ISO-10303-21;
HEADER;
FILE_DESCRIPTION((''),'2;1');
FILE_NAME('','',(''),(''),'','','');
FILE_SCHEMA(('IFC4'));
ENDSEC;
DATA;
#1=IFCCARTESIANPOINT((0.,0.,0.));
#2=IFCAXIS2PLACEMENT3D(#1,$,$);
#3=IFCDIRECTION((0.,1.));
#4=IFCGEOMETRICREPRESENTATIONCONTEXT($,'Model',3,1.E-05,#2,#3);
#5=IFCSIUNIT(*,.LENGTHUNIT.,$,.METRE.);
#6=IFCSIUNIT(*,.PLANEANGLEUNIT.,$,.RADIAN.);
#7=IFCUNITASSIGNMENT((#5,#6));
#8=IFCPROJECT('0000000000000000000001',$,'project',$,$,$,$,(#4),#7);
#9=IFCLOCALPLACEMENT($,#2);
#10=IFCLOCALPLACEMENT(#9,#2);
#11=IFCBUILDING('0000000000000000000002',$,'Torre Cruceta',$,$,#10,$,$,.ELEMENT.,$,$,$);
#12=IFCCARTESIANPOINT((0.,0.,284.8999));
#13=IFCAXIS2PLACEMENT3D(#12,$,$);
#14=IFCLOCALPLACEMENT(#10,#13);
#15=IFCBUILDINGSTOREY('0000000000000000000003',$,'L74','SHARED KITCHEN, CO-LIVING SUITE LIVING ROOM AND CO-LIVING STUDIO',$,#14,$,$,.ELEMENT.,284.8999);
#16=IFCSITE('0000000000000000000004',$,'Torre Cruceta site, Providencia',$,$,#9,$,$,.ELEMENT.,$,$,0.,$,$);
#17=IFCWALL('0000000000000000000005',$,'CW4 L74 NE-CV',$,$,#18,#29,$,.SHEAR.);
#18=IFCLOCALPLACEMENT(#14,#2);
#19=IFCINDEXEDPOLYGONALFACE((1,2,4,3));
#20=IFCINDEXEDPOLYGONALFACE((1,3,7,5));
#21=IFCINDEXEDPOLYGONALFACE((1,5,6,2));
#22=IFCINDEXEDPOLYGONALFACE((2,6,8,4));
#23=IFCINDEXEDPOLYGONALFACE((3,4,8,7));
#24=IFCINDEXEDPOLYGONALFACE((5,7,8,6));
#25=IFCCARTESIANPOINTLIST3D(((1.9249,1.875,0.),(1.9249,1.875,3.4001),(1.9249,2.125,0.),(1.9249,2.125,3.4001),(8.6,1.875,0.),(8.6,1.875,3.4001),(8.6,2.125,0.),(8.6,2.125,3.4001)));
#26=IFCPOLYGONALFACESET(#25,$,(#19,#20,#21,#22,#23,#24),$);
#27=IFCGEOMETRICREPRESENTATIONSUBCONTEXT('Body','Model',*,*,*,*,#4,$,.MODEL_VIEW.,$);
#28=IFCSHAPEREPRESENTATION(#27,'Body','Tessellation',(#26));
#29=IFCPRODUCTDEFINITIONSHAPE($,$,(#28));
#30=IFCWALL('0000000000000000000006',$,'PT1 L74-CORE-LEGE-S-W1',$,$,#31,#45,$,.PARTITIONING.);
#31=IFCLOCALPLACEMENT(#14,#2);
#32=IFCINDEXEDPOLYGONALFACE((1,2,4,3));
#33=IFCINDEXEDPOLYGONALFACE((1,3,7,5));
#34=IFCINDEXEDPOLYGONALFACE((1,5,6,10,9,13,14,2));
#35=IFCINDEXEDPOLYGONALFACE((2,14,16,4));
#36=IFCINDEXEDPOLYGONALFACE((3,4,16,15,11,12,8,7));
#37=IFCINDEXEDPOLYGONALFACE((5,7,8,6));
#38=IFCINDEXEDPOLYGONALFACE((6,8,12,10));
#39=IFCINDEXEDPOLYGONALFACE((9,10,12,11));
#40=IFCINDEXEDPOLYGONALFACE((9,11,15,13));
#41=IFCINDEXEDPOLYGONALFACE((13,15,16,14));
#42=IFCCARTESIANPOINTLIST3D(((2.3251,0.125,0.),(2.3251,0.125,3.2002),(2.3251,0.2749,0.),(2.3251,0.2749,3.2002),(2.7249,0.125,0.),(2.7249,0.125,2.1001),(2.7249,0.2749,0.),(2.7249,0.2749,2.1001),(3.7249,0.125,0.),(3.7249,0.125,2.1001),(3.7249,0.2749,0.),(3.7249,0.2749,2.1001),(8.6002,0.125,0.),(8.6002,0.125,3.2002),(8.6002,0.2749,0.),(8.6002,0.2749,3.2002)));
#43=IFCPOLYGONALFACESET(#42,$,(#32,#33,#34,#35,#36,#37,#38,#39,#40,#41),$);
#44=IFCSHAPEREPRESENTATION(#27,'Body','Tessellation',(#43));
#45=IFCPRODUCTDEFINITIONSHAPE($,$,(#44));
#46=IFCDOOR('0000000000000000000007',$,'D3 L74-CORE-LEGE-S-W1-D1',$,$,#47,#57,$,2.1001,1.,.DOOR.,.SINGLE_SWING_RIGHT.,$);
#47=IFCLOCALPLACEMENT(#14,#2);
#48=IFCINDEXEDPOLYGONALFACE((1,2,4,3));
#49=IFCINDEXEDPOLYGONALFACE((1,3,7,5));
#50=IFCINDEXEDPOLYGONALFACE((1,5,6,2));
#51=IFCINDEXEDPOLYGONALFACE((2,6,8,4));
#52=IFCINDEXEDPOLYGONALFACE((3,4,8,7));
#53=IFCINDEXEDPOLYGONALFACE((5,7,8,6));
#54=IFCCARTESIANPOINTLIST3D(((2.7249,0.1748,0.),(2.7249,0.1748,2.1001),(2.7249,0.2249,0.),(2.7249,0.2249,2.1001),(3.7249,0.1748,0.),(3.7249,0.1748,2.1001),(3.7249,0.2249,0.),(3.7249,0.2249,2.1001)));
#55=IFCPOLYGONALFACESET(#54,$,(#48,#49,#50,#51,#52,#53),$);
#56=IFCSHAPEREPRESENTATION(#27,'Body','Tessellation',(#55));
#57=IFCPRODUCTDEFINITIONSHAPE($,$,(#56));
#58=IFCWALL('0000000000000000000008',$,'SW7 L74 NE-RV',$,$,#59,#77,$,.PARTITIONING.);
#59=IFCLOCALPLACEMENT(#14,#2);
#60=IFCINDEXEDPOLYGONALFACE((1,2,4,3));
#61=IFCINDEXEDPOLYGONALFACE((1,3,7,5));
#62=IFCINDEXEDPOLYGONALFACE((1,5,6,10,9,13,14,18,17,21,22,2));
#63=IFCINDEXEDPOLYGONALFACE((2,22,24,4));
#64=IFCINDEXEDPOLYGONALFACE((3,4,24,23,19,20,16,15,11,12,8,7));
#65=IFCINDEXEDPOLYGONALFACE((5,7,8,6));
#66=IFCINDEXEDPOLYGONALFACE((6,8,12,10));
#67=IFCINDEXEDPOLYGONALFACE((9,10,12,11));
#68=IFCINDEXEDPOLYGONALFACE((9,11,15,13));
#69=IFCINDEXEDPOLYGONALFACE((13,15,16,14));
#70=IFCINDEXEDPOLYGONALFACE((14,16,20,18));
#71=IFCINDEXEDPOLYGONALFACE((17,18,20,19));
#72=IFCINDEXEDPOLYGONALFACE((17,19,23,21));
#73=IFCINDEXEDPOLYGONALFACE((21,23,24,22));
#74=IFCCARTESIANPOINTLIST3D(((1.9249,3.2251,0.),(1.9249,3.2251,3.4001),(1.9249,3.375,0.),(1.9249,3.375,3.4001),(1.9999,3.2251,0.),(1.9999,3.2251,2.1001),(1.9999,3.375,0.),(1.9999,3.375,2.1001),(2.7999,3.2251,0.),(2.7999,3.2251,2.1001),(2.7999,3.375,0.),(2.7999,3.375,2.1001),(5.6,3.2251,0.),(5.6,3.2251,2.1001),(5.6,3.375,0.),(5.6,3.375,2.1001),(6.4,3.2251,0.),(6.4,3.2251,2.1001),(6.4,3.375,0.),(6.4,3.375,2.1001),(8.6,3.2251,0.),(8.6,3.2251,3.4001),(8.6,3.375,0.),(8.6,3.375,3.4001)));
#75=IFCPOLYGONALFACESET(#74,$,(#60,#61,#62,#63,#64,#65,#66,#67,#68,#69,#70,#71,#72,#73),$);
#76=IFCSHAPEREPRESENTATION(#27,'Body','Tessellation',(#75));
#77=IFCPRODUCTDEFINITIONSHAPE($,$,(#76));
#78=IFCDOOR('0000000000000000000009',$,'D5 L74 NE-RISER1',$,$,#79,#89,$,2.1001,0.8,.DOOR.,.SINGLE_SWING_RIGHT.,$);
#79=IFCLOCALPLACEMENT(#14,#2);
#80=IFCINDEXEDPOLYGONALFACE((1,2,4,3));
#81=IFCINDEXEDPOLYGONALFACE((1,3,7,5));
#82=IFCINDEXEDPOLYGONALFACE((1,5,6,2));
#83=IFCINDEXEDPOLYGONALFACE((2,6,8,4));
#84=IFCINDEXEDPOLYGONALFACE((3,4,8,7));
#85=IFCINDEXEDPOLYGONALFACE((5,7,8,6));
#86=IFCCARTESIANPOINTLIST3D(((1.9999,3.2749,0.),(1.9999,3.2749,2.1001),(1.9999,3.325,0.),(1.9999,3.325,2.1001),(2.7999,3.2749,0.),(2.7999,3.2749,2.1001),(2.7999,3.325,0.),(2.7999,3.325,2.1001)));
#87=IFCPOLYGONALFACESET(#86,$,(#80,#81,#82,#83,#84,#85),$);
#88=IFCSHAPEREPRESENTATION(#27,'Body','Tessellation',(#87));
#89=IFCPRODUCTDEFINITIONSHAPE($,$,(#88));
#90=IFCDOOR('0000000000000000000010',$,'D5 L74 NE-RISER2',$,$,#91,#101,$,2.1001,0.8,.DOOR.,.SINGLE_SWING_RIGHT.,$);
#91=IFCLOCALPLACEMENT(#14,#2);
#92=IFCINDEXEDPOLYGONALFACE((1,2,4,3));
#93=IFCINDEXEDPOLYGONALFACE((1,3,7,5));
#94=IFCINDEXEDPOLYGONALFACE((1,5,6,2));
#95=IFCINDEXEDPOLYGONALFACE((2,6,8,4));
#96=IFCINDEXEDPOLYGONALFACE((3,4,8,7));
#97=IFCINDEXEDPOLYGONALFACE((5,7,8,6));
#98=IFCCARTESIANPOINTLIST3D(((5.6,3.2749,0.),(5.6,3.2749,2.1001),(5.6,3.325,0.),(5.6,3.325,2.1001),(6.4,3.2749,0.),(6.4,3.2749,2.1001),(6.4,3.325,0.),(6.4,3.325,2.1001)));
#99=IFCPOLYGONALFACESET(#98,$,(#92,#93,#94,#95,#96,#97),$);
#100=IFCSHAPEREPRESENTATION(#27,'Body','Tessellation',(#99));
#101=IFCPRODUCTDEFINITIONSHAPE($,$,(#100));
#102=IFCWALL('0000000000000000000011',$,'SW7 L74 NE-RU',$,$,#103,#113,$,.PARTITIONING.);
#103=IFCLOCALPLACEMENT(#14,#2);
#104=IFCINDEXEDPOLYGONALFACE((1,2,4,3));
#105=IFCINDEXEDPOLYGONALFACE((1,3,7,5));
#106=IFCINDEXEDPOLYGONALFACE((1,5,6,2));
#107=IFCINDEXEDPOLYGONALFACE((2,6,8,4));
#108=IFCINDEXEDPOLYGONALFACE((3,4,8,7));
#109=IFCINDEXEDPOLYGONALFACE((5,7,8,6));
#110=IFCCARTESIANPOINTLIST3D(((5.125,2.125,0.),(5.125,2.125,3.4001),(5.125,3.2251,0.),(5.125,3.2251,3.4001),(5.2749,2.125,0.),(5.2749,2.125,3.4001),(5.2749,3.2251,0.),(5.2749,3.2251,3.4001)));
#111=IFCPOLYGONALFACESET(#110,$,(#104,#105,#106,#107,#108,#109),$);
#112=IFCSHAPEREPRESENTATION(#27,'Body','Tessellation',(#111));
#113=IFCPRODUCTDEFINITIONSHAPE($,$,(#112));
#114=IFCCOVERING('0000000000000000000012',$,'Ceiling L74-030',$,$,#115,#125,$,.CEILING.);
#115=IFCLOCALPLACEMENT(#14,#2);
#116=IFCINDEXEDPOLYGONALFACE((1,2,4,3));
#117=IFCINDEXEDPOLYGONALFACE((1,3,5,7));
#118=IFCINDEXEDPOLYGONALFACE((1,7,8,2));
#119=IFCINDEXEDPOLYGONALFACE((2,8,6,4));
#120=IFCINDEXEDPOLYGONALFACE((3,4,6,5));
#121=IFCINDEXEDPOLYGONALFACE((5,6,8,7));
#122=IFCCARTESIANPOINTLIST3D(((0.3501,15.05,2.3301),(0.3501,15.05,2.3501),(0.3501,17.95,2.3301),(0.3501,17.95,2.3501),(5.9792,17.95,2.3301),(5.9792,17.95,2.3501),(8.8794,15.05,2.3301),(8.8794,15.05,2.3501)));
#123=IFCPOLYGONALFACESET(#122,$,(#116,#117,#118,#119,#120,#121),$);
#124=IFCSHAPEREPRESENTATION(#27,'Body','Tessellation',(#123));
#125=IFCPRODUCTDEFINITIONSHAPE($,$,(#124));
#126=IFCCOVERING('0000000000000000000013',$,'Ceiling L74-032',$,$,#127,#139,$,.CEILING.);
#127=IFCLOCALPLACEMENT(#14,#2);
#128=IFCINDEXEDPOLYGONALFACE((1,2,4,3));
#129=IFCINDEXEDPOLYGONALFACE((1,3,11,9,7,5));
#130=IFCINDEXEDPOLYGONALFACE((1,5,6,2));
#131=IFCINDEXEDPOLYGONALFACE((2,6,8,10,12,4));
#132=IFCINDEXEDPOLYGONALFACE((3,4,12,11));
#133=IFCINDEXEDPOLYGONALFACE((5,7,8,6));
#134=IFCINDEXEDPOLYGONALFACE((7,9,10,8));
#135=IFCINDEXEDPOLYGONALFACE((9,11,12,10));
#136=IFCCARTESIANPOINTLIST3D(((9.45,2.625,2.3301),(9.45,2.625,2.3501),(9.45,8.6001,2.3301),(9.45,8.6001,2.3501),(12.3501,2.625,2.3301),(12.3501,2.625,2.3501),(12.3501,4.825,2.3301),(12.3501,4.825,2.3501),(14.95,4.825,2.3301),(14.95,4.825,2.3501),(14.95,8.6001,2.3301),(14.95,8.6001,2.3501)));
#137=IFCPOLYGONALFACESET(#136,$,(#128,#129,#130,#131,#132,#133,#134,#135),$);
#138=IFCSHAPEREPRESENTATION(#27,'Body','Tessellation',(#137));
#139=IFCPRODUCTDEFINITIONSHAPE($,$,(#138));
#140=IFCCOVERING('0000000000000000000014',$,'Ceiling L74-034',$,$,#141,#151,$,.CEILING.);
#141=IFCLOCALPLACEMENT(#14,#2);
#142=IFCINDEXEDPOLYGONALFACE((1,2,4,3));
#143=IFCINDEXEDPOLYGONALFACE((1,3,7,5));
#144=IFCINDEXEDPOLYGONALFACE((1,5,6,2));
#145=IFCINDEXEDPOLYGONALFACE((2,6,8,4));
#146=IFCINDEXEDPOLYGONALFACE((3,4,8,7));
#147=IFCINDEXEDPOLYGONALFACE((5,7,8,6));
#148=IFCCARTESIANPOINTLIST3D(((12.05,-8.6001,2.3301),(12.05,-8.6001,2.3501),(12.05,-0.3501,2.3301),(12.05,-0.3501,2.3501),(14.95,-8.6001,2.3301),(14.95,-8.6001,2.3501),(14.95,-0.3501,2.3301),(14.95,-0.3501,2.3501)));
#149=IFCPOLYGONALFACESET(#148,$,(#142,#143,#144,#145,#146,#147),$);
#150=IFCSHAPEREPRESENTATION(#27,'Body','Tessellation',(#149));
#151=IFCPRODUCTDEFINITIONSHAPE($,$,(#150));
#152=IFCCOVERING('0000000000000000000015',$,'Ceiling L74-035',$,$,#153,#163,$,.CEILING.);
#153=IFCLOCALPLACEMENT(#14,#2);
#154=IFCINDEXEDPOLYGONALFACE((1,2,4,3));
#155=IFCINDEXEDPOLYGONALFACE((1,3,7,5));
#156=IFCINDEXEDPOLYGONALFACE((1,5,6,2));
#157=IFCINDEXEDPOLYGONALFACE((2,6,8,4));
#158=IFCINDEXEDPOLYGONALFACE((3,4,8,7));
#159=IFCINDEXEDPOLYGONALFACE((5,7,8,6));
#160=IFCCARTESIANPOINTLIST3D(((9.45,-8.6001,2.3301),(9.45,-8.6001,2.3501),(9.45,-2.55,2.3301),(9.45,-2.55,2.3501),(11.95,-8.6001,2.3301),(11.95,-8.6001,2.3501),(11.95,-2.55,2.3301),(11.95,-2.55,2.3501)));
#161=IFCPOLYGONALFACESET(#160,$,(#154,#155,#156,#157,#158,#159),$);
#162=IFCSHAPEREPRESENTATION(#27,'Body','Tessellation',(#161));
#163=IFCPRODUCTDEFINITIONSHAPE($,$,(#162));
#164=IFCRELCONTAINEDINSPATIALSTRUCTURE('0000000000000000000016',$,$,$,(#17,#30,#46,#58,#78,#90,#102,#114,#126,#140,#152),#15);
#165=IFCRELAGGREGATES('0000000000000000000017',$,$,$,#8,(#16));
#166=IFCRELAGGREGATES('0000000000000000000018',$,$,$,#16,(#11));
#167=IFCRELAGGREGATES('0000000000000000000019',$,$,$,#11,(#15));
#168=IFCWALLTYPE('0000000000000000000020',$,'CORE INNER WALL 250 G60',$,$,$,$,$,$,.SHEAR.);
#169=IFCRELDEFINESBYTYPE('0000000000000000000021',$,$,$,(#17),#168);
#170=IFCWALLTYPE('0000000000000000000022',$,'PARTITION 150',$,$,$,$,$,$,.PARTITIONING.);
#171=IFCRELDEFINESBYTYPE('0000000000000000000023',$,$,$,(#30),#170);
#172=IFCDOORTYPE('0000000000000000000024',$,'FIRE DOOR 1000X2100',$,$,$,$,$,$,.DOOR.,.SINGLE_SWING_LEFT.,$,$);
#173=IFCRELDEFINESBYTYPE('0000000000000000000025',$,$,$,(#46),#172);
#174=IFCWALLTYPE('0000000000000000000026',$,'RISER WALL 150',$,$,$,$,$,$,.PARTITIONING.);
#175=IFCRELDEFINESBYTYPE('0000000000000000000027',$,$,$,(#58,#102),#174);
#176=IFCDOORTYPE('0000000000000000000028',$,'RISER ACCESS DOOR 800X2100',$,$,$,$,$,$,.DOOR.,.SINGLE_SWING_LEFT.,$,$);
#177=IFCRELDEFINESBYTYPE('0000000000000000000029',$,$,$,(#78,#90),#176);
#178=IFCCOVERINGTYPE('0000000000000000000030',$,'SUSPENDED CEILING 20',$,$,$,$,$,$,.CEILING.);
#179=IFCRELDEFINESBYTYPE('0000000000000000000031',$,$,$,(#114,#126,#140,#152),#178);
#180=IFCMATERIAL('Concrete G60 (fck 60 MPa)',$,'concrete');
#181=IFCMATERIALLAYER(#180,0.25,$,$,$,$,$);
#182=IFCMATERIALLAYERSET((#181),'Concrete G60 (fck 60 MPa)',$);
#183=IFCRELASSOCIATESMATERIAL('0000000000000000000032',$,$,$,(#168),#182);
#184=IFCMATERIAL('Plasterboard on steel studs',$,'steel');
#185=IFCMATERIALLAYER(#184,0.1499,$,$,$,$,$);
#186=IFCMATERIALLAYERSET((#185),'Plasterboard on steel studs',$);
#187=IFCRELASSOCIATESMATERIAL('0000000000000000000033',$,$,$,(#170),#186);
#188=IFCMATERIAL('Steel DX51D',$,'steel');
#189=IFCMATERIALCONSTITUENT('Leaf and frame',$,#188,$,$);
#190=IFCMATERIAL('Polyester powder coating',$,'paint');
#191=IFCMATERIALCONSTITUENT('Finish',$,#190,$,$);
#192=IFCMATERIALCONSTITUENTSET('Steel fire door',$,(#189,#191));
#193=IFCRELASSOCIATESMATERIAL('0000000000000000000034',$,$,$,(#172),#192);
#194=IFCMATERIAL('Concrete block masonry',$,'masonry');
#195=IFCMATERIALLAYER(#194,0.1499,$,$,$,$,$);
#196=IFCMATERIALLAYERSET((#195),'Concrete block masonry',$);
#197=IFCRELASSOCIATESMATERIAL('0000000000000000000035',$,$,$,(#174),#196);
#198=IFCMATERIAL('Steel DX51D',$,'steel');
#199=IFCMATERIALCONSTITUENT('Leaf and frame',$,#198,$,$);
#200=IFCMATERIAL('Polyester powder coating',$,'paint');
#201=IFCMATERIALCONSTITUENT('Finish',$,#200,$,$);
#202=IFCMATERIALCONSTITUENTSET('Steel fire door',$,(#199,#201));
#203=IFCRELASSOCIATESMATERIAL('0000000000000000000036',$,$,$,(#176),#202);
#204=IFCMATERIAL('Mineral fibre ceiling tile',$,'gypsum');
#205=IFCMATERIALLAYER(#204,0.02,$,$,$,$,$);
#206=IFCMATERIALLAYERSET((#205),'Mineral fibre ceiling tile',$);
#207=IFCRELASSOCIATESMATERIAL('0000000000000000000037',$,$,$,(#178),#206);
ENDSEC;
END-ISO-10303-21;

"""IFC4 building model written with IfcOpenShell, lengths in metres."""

from ifc_helpers import new_model, si_unit, direction, frame, frame_2d, origin, place, context, subcontext, project, spatial, polyline, rectangle, outline, extrude, material, layer, layer_set, constituent, constituent_set, type_object, element, fill, save


model = new_model("IFC4")

# Units and contexts
model_context = context("Model", 3, precision=1e-05, world=origin(), true_north=direction((0.0, 1.0)))
body_context = subcontext(model_context, "Body", "Model", "MODEL_VIEW")
ifc_project = project(units=[si_unit("LENGTHUNIT", "METRE"), si_unit("PLANEANGLEUNIT", "RADIAN")], contexts=[model_context])

# Site, building, storey
site_placement = place(None, origin())
site = spatial("IfcSite", under=ifc_project, at=site_placement, Name="Torre Cruceta site, Providencia", CompositionType="ELEMENT", RefElevation=0.0)
building_placement = place(site_placement, origin())
building = spatial("IfcBuilding", under=site, at=building_placement, Name="Torre Cruceta", CompositionType="ELEMENT")
storey_placement = place(building_placement, frame((0.0, 0.0, 284.8999)))
storey = spatial("IfcBuildingStorey", under=building, at=storey_placement, Name="L74", Description="SHARED KITCHEN, CO-LIVING SUITE LIVING ROOM AND CO-LIVING STUDIO", CompositionType="ELEMENT", Elevation=284.8999)

# Shared definitions
ifc_material_1 = material(Name="Concrete G60 (fck 60 MPa)", Category="concrete")
ifc_layer_1 = layer(ifc_material_1, 0.25)
ifc_layer_set_1 = layer_set([ifc_layer_1], Name="Concrete G60 (fck 60 MPa)")
wall_type_1 = type_object("IfcWallType", Name="CORE INNER WALL 250 G60", PredefinedType="SHEAR", material=ifc_layer_set_1)

# Wall
wall_1_placement = place(storey_placement, frame((1.925, 2.0, 0.0), z_axis=(0.0, 0.0, 1.0), x_axis=(1.0, 0.0, 0.0)))
element("IfcWall", 1, at=wall_1_placement, inside=storey, type_object=wall_type_1, Name="CW4 L74 NE-CV", PredefinedType="SHEAR", context=body_context, shape_type="SweptSolid", body=[
    extrude(rectangle(XDim=6.675, YDim=0.25, at=frame_2d((3.3374, 0.0))), origin(), (0.0, 0.0, 1.0), 3.4001),
])

# Wall, opening, door
ifc_material_2 = material(Name="Plasterboard on steel studs", Category="steel")
ifc_layer_2 = layer(ifc_material_2, 0.1499)
ifc_layer_set_2 = layer_set([ifc_layer_2], Name="Plasterboard on steel studs")
wall_type_2 = type_object("IfcWallType", Name="PARTITION 150", PredefinedType="PARTITIONING", material=ifc_layer_set_2)
wall_2_placement = place(storey_placement, frame((2.325, 0.2, 0.0), z_axis=(0.0, 0.0, 1.0), x_axis=(1.0, 0.0, 0.0)))
wall_2 = element("IfcWall", 2, at=wall_2_placement, inside=storey, type_object=wall_type_2, Name="PT1 L74-CORE-LEGE-S-W1", PredefinedType="PARTITIONING", context=body_context, shape_type="SweptSolid", body=[
    extrude(rectangle(XDim=6.2751, YDim=0.1499, at=frame_2d((3.1377, 0.0))), origin(), (0.0, 0.0, 1.0), 3.2002),
])
opening_1_placement = place(wall_2_placement, frame((0.3999, 0.0, 0.0)))
opening_1 = element("IfcOpeningElement", 3, at=opening_1_placement, cuts=wall_2, PredefinedType="OPENING", context=body_context, shape_type="SweptSolid", body=[
    extrude(rectangle(XDim=1.0, YDim=2.1001, at=frame_2d((0.5, 1.05))), frame((0.0, 0.085, 0.0), z_axis=(0.0, -1.0, 0.0), x_axis=(1.0, 0.0, 0.0)), (0.0, 0.0, 1.0), 0.1699),
])
ifc_material_3 = material(Name="Steel DX51D", Category="steel")
ifc_constituent_1 = constituent(ifc_material_3, Name="Leaf and frame")
ifc_material_4 = material(Name="Polyester powder coating", Category="paint")
ifc_constituent_2 = constituent(ifc_material_4, Name="Finish")
ifc_constituent_set_1 = constituent_set(constituents=[ifc_constituent_1, ifc_constituent_2], Name="Steel fire door")
door_type_1 = type_object("IfcDoorType", Name="FIRE DOOR 1000X2100", OperationType="SINGLE_SWING_LEFT", PredefinedType="DOOR", material=ifc_constituent_set_1)
door_1_placement = place(opening_1_placement, frame((1.0, 0.0, 0.0), z_axis=(0.0, 0.0, 1.0), x_axis=(-1.0, 0.0, 0.0)))
door_1 = element("IfcDoor", 4, at=door_1_placement, inside=storey, type_object=door_type_1, Name="D3 L74-CORE-LEGE-S-W1-D1", OperationType="SINGLE_SWING_RIGHT", OverallHeight=2.1001, OverallWidth=1.0, PredefinedType="DOOR", context=body_context, shape_type="SweptSolid", body=[
    extrude(rectangle(XDim=1.0, YDim=2.1001, at=frame_2d((0.5, 1.05))), frame((0.0, 0.0251, 0.0), z_axis=(0.0, -1.0, 0.0), x_axis=(1.0, 0.0, 0.0)), (0.0, 0.0, 1.0), 0.05),
])
fill(opening_1, door_1)

# Wall, openings, doors
ifc_material_5 = material(Name="Concrete block masonry", Category="masonry")
ifc_layer_3 = layer(ifc_material_5, 0.1499)
ifc_layer_set_3 = layer_set([ifc_layer_3], Name="Concrete block masonry")
wall_type_3 = type_object("IfcWallType", Name="RISER WALL 150", PredefinedType="PARTITIONING", material=ifc_layer_set_3)
wall_3_placement = place(storey_placement, frame((1.925, 3.3, 0.0), z_axis=(0.0, 0.0, 1.0), x_axis=(1.0, 0.0, 0.0)))
wall_3 = element("IfcWall", 5, at=wall_3_placement, inside=storey, type_object=wall_type_3, Name="SW7 L74 NE-RV", PredefinedType="PARTITIONING", context=body_context, shape_type="SweptSolid", body=[
    extrude(rectangle(XDim=6.675, YDim=0.1499, at=frame_2d((3.3374, 0.0))), origin(), (0.0, 0.0, 1.0), 3.4001),
])
opening_2_placement = place(wall_3_placement, frame((0.075, 0.0, 0.0)))
opening_2 = element("IfcOpeningElement", 6, at=opening_2_placement, cuts=wall_3, PredefinedType="OPENING", context=body_context, shape_type="SweptSolid", body=[
    extrude(rectangle(XDim=0.8, YDim=2.1001, at=frame_2d((0.3999, 1.05))), frame((0.0, 0.085, 0.0), z_axis=(0.0, -1.0, 0.0), x_axis=(1.0, 0.0, 0.0)), (0.0, 0.0, 1.0), 0.1699),
])
opening_3_placement = place(wall_3_placement, frame((3.675, 0.0, 0.0)))
opening_3 = element("IfcOpeningElement", 7, at=opening_3_placement, cuts=wall_3, PredefinedType="OPENING", context=body_context, shape_type="SweptSolid", body=[
    extrude(rectangle(XDim=0.8, YDim=2.1001, at=frame_2d((0.3999, 1.05))), frame((0.0, 0.085, 0.0), z_axis=(0.0, -1.0, 0.0), x_axis=(1.0, 0.0, 0.0)), (0.0, 0.0, 1.0), 0.1699),
])
ifc_material_6 = material(Name="Steel DX51D", Category="steel")
ifc_constituent_3 = constituent(ifc_material_6, Name="Leaf and frame")
ifc_material_7 = material(Name="Polyester powder coating", Category="paint")
ifc_constituent_4 = constituent(ifc_material_7, Name="Finish")
ifc_constituent_set_2 = constituent_set(constituents=[ifc_constituent_3, ifc_constituent_4], Name="Steel fire door")
door_type_2 = type_object("IfcDoorType", Name="RISER ACCESS DOOR 800X2100", OperationType="SINGLE_SWING_LEFT", PredefinedType="DOOR", material=ifc_constituent_set_2)
door_2_placement = place(opening_2_placement, frame((0.8, 0.0, 0.0), z_axis=(0.0, 0.0, 1.0), x_axis=(-1.0, 0.0, 0.0)))
door_2 = element("IfcDoor", 8, at=door_2_placement, inside=storey, type_object=door_type_2, Name="D5 L74 NE-RISER1", OperationType="SINGLE_SWING_RIGHT", OverallHeight=2.1001, OverallWidth=0.8, PredefinedType="DOOR", context=body_context, shape_type="SweptSolid", body=[
    extrude(rectangle(XDim=0.8, YDim=2.1001, at=frame_2d((0.4001, 1.05))), frame((0.0, 0.0251, 0.0), z_axis=(0.0, -1.0, 0.0), x_axis=(1.0, 0.0, 0.0)), (0.0, 0.0, 1.0), 0.05),
])
fill(opening_2, door_2)
door_3_placement = place(opening_3_placement, frame((0.8, 0.0, 0.0), z_axis=(0.0, 0.0, 1.0), x_axis=(-1.0, 0.0, 0.0)))
door_3 = element("IfcDoor", 9, at=door_3_placement, inside=storey, type_object=door_type_2, Name="D5 L74 NE-RISER2", OperationType="SINGLE_SWING_RIGHT", OverallHeight=2.1001, OverallWidth=0.8, PredefinedType="DOOR", context=body_context, shape_type="SweptSolid", body=[
    extrude(rectangle(XDim=0.8, YDim=2.1001, at=frame_2d((0.4001, 1.05))), frame((0.0, 0.0251, 0.0), z_axis=(0.0, -1.0, 0.0), x_axis=(1.0, 0.0, 0.0)), (0.0, 0.0, 1.0), 0.05),
])
fill(opening_3, door_3)

# Wall
wall_4_placement = place(storey_placement, frame((5.2, 2.125, 0.0), z_axis=(0.0, 0.0, 1.0), x_axis=(0.0, 1.0, 0.0)))
element("IfcWall", 10, at=wall_4_placement, inside=storey, type_object=wall_type_3, Name="SW7 L74 NE-RU", PredefinedType="PARTITIONING", context=body_context, shape_type="SweptSolid", body=[
    extrude(rectangle(XDim=1.1001, YDim=0.1499, at=frame_2d((0.55, 0.0))), origin(), (0.0, 0.0, 1.0), 3.4001),
])

# Coverings
ifc_material_8 = material(Name="Mineral fibre ceiling tile", Category="gypsum")
ifc_layer_4 = layer(ifc_material_8, 0.02)
ifc_layer_set_4 = layer_set([ifc_layer_4], Name="Mineral fibre ceiling tile")
covering_type = type_object("IfcCoveringType", Name="SUSPENDED CEILING 20", PredefinedType="CEILING", material=ifc_layer_set_4)
covering_1_placement = place(storey_placement, frame((0.0, 0.0, 2.3301)))
element("IfcCovering", 11, at=covering_1_placement, inside=storey, type_object=covering_type, Name="Ceiling L74-030", PredefinedType="CEILING", context=body_context, shape_type="SweptSolid", body=[
    extrude(outline(polyline([(8.8794, 15.05), (0.3501, 15.05), (0.3501, 17.95), (5.9792, 17.95), (8.8794, 15.05)])), origin(), (0.0, 0.0, 1.0), 0.02),
])
covering_2_placement = place(storey_placement, frame((0.0, 0.0, 2.3301)))
element("IfcCovering", 12, at=covering_2_placement, inside=storey, type_object=covering_type, Name="Ceiling L74-032", PredefinedType="CEILING", context=body_context, shape_type="SweptSolid", body=[
    extrude(outline(polyline([(9.45, 2.625), (9.45, 8.6001), (14.95, 8.6001), (14.95, 4.825), (12.3501, 4.825), (12.3501, 2.625), (9.45, 2.625)])), origin(), (0.0, 0.0, 1.0), 0.02),
])
covering_3_placement = place(storey_placement, frame((0.0, 0.0, 2.3301)))
element("IfcCovering", 13, at=covering_3_placement, inside=storey, type_object=covering_type, Name="Ceiling L74-034", PredefinedType="CEILING", context=body_context, shape_type="SweptSolid", body=[
    extrude(outline(polyline([(14.95, -8.6001), (12.05, -8.6001), (12.05, -0.3501), (14.95, -0.3501), (14.95, -8.6001)])), origin(), (0.0, 0.0, 1.0), 0.02),
])
covering_4_placement = place(storey_placement, frame((0.0, 0.0, 2.3301)))
element("IfcCovering", 14, at=covering_4_placement, inside=storey, type_object=covering_type, Name="Ceiling L74-035", PredefinedType="CEILING", context=body_context, shape_type="SweptSolid", body=[
    extrude(outline(polyline([(9.45, -8.6001), (9.45, -2.55), (11.95, -2.55), (11.95, -8.6001), (9.45, -8.6001)])), origin(), (0.0, 0.0, 1.0), 0.02),
])

save(model, "model.ifc")
